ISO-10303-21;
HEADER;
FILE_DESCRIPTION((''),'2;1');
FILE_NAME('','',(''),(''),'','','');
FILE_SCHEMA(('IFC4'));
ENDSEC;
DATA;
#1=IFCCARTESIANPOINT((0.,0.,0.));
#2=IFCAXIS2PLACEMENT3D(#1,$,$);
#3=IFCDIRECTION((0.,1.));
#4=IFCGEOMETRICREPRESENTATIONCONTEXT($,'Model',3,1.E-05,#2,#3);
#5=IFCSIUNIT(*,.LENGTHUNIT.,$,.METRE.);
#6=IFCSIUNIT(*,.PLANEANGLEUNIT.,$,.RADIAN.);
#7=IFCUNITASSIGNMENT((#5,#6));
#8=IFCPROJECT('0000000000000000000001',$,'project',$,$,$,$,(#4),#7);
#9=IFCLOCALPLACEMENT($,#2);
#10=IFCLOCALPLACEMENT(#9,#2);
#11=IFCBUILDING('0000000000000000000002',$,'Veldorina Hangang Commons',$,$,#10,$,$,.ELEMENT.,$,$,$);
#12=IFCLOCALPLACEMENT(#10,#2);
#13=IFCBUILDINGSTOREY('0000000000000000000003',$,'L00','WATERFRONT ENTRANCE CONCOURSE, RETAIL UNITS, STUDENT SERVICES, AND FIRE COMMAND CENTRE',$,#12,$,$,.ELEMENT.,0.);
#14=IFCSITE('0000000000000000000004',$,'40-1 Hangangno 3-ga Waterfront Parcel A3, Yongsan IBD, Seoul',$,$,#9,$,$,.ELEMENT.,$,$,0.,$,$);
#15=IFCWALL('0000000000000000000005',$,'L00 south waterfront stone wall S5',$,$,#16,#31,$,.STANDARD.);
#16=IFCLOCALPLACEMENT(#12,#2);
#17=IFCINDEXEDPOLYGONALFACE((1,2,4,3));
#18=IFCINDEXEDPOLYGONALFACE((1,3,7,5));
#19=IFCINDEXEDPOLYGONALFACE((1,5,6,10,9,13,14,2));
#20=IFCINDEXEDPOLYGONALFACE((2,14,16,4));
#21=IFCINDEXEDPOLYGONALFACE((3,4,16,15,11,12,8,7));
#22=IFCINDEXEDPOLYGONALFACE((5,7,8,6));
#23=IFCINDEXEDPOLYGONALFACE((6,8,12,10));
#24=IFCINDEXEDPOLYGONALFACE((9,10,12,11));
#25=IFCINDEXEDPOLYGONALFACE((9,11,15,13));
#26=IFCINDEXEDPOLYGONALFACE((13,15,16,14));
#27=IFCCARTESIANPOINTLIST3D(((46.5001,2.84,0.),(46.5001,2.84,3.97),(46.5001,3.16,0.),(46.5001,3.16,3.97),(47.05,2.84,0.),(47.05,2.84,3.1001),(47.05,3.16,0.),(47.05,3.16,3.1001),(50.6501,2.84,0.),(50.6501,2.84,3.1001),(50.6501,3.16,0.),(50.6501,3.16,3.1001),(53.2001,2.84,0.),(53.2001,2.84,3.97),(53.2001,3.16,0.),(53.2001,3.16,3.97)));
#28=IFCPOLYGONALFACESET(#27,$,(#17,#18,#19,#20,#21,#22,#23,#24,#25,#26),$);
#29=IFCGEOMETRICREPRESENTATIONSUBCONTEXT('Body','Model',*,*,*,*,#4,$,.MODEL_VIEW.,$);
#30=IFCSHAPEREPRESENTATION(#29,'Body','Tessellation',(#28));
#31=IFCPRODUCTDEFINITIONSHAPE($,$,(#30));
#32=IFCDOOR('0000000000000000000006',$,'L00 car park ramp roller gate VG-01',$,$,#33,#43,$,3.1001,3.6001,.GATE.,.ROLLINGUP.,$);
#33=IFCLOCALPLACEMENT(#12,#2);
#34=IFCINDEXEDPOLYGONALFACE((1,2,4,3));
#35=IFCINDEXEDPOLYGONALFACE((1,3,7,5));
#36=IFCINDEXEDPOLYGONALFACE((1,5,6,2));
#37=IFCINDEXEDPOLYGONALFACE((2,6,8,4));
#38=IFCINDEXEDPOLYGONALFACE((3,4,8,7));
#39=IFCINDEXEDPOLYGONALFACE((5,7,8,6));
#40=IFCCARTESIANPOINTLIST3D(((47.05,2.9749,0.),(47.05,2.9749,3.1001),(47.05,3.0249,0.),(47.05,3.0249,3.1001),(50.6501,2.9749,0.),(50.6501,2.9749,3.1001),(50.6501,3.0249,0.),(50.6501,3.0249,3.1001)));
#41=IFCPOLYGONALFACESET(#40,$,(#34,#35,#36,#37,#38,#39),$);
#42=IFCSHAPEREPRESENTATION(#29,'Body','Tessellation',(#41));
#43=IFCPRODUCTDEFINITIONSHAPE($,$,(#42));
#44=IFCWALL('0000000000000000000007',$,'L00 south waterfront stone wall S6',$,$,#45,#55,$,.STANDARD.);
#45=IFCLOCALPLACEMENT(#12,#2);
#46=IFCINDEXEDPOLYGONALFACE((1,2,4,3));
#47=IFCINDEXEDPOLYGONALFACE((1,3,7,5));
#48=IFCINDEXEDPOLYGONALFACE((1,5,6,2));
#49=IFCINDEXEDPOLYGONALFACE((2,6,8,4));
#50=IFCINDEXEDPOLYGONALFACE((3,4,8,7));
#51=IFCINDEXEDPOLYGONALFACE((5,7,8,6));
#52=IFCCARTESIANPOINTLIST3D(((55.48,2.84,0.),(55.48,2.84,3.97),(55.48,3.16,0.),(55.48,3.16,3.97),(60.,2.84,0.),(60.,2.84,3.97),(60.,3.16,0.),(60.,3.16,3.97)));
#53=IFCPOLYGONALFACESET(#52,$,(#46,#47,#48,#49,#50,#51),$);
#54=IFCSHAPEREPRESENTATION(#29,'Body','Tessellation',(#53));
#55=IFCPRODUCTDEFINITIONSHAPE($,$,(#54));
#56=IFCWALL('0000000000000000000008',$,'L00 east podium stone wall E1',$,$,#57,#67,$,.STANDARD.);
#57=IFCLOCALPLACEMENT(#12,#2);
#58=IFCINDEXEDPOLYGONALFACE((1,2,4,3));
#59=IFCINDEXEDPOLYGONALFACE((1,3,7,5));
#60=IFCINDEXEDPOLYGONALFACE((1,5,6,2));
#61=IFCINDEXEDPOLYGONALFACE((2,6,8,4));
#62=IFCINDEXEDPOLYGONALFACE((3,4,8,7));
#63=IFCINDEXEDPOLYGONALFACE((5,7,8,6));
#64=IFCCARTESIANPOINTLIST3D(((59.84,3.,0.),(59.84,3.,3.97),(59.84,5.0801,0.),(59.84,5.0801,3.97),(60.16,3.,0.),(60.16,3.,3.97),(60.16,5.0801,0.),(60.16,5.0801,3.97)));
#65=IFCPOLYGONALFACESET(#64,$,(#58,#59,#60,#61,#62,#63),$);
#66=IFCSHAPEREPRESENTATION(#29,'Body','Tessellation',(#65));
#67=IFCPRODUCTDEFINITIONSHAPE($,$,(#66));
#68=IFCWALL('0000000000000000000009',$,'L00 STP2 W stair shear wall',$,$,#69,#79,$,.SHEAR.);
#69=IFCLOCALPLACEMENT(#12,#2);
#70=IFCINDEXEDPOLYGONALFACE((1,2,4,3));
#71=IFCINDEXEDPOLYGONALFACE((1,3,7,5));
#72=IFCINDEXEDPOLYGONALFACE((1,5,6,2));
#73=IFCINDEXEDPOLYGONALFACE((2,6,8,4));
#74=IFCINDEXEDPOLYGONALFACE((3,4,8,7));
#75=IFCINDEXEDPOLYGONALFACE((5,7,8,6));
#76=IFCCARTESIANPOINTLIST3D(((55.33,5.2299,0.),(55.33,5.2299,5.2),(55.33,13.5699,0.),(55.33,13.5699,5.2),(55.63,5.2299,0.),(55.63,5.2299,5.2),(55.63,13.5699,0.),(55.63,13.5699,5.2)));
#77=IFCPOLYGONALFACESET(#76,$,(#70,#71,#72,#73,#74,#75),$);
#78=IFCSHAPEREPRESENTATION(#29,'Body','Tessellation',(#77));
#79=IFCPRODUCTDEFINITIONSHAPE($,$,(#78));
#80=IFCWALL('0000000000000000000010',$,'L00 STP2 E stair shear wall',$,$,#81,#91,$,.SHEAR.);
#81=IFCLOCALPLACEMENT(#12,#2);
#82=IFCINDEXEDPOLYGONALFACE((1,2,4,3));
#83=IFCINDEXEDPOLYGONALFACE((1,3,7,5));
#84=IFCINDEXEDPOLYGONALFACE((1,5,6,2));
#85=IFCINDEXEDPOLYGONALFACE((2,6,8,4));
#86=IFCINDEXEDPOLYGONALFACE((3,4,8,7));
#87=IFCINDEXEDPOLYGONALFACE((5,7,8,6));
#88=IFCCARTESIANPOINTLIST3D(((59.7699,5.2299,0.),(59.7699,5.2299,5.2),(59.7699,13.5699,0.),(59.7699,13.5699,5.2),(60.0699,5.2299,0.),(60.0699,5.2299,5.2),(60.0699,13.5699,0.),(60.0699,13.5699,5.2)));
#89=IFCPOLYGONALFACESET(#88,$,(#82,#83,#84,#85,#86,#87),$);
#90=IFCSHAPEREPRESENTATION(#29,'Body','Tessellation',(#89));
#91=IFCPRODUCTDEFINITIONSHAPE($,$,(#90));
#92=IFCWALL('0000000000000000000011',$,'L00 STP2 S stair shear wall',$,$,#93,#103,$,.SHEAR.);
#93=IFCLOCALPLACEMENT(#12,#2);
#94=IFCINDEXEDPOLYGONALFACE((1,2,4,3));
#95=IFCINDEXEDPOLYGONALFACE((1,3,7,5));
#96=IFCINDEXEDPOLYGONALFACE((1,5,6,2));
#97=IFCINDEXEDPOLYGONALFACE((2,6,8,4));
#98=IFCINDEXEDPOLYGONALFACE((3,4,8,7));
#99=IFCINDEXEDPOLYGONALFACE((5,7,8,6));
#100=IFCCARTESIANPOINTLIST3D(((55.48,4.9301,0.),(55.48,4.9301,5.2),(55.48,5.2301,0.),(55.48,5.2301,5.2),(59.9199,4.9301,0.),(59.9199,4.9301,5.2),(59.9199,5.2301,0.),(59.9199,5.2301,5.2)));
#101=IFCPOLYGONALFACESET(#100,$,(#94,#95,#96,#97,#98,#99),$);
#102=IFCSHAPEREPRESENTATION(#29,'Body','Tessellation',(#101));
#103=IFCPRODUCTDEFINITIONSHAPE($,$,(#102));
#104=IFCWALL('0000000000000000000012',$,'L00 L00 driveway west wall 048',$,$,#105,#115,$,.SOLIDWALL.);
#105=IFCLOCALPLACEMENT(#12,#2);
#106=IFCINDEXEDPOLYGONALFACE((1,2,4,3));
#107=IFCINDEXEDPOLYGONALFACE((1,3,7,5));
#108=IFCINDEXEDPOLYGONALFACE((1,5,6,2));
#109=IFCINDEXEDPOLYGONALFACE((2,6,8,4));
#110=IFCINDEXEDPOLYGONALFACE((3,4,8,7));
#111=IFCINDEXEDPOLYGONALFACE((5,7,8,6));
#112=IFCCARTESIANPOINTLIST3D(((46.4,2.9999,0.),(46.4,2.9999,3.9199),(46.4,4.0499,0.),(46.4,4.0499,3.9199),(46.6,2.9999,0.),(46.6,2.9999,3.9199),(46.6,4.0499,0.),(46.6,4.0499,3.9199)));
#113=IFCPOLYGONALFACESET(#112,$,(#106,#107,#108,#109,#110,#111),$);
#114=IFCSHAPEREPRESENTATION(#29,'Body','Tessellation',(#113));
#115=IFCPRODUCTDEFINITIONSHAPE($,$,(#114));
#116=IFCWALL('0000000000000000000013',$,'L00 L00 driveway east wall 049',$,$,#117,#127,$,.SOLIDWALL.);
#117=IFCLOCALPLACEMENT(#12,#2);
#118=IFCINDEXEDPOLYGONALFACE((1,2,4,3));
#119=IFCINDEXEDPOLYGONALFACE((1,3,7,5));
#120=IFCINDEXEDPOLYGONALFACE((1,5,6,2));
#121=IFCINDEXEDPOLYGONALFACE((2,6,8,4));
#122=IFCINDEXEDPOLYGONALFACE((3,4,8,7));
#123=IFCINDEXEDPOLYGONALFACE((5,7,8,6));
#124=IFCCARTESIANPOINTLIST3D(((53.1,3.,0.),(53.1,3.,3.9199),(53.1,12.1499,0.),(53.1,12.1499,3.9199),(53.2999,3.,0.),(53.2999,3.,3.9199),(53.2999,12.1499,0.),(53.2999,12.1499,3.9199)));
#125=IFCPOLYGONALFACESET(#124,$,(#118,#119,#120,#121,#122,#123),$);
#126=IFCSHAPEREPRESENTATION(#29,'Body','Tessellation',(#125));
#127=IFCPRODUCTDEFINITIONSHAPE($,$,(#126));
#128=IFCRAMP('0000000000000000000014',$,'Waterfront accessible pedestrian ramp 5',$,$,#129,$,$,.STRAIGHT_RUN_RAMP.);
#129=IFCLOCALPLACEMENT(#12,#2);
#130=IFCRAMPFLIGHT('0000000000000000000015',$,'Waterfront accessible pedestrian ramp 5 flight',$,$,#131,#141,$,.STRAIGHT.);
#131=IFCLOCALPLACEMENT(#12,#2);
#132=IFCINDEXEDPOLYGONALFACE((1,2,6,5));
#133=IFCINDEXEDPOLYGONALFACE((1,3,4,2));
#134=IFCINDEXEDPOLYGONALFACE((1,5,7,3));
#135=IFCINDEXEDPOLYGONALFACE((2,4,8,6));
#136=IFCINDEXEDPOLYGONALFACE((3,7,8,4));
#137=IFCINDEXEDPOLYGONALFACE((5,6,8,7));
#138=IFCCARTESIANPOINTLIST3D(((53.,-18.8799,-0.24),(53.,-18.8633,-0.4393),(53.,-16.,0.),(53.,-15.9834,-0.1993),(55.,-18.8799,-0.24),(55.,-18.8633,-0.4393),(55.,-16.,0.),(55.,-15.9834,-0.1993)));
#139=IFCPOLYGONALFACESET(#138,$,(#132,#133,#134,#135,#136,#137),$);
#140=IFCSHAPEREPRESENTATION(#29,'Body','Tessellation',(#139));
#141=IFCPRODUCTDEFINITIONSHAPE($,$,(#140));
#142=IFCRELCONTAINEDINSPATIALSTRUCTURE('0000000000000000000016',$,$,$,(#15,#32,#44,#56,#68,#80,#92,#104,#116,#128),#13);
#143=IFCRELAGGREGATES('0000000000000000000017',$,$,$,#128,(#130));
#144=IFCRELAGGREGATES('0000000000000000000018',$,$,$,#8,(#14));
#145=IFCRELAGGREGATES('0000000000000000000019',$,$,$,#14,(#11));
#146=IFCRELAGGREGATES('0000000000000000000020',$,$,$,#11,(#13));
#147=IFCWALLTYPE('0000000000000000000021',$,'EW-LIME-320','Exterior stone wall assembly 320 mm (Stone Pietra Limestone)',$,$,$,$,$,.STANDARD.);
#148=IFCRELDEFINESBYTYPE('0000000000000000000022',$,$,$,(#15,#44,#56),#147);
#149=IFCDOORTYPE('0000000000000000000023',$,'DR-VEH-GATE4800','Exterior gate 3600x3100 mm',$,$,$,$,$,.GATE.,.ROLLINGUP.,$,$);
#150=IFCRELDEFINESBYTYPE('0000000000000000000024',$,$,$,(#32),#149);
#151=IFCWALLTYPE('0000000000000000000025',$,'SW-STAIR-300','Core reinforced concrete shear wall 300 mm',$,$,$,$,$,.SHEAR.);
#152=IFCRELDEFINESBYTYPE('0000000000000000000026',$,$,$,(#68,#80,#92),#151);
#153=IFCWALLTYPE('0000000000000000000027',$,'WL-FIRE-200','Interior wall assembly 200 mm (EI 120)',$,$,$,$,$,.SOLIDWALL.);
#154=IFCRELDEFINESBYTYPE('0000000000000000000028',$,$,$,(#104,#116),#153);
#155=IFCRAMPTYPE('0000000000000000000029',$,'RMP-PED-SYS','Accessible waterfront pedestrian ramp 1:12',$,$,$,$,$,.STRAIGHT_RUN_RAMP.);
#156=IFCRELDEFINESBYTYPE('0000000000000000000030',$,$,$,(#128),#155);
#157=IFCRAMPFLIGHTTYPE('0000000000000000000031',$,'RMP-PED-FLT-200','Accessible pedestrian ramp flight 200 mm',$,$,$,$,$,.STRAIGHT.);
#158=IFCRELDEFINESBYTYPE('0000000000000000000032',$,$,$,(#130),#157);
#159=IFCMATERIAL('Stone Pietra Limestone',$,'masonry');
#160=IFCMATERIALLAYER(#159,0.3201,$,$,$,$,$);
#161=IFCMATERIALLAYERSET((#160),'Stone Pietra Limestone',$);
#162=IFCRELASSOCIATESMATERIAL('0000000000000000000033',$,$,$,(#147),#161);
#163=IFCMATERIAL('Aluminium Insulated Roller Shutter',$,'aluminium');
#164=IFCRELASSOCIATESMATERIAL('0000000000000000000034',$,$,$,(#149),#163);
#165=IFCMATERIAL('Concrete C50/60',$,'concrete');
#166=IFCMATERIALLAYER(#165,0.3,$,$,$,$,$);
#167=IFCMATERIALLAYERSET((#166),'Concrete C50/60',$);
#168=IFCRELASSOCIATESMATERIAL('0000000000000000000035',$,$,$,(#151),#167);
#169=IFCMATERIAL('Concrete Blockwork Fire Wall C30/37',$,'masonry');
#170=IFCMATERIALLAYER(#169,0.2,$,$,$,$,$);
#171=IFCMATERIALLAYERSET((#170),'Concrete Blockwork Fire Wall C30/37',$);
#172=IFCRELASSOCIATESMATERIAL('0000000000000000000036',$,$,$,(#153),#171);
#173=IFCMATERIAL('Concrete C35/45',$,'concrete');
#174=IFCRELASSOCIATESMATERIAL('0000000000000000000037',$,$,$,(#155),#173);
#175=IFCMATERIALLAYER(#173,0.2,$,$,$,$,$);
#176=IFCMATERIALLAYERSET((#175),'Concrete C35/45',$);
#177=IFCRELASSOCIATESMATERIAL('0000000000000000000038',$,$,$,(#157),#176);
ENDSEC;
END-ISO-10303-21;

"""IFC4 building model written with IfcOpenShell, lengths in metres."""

from ifc_helpers import new_model, si_unit, direction, frame, frame_2d, origin, place, context, subcontext, project, spatial, polyline, rectangle, outline, extrude, material, layer, layer_set, type_object, element, fill, aggregate, save


model = new_model("IFC4")

# Units and contexts
model_context = context("Model", 3, precision=1e-05, world=origin(), true_north=direction((0.0, 1.0)))
body_context = subcontext(model_context, "Body", "Model", "MODEL_VIEW")
ifc_project = project(units=[si_unit("LENGTHUNIT", "METRE"), si_unit("PLANEANGLEUNIT", "RADIAN")], contexts=[model_context])

# Site, building, storey
site_placement = place(None, origin())
site = spatial("IfcSite", under=ifc_project, at=site_placement, Name="40-1 Hangangno 3-ga Waterfront Parcel A3, Yongsan IBD, Seoul", CompositionType="ELEMENT", RefElevation=0.0)
building_placement = place(site_placement, origin())
building = spatial("IfcBuilding", under=site, at=building_placement, Name="Veldorina Hangang Commons", CompositionType="ELEMENT")
storey_placement = place(building_placement, origin())
storey = spatial("IfcBuildingStorey", under=building, at=storey_placement, Name="L00", Description="WATERFRONT ENTRANCE CONCOURSE, RETAIL UNITS, STUDENT SERVICES, AND FIRE COMMAND CENTRE", CompositionType="ELEMENT", Elevation=0.0)

# Wall, opening, door
ifc_material_1 = material(Name="Stone Pietra Limestone", Category="masonry")
ifc_layer_1 = layer(ifc_material_1, 0.3201)
ifc_layer_set_1 = layer_set([ifc_layer_1], Name="Stone Pietra Limestone")
wall_type_1 = type_object("IfcWallType", Name="EW-LIME-320", Description="Exterior stone wall assembly 320 mm (Stone Pietra Limestone)", PredefinedType="STANDARD", material=ifc_layer_set_1)
wall_1_placement = place(storey_placement, frame((46.5, 3.0, 0.0), z_axis=(0.0, 0.0, 1.0), x_axis=(1.0, 0.0, 0.0)))
wall_1 = element("IfcWall", 1, at=wall_1_placement, inside=storey, type_object=wall_type_1, Name="L00 south waterfront stone wall S5", PredefinedType="STANDARD", context=body_context, shape_type="SweptSolid", body=[
    extrude(rectangle(XDim=6.7, YDim=0.3201, at=frame_2d((3.3501, 0.0))), origin(), (0.0, 0.0, 1.0), 3.97),
])
opening_1_placement = place(wall_1_placement, frame((0.55, 0.0, 0.0)))
opening_1 = element("IfcOpeningElement", 2, at=opening_1_placement, cuts=wall_1, PredefinedType="OPENING", context=body_context, shape_type="SweptSolid", body=[
    extrude(rectangle(XDim=3.6001, YDim=3.1001, at=frame_2d((1.8, 1.55))), frame((0.0, 0.1699, 0.0), z_axis=(0.0, -1.0, 0.0), x_axis=(1.0, 0.0, 0.0)), (0.0, 0.0, 1.0), 0.3401),
])
ifc_material_2 = material(Name="Aluminium Insulated Roller Shutter", Category="aluminium")
door_type_1 = type_object("IfcDoorType", Name="DR-VEH-GATE4800", Description="Exterior gate 3600x3100 mm", OperationType="ROLLINGUP", PredefinedType="GATE", material=ifc_material_2)
door_1_placement = place(opening_1_placement, origin())
door_1 = element("IfcDoor", 3, at=door_1_placement, inside=storey, type_object=door_type_1, Name="L00 car park ramp roller gate VG-01", OperationType="ROLLINGUP", OverallHeight=3.1001, OverallWidth=3.6001, PredefinedType="GATE", context=body_context, shape_type="SweptSolid", body=[
    extrude(rectangle(XDim=3.6001, YDim=3.1001, at=frame_2d((1.8, 1.55))), frame((0.0, 0.0249, 0.0), z_axis=(0.0, -1.0, 0.0), x_axis=(1.0, 0.0, 0.0)), (0.0, 0.0, 1.0), 0.05),
])
fill(opening_1, door_1)

# Walls
wall_2_placement = place(storey_placement, frame((55.48, 3.0, 0.0), z_axis=(0.0, 0.0, 1.0), x_axis=(1.0, 0.0, 0.0)))
element("IfcWall", 4, at=wall_2_placement, inside=storey, type_object=wall_type_1, Name="L00 south waterfront stone wall S6", PredefinedType="STANDARD", context=body_context, shape_type="SweptSolid", body=[
    extrude(rectangle(XDim=4.52, YDim=0.3201, at=frame_2d((2.26, 0.0))), origin(), (0.0, 0.0, 1.0), 3.97),
])
wall_3_placement = place(storey_placement, frame((60.0, 3.0, 0.0), z_axis=(0.0, 0.0, 1.0), x_axis=(0.0, 1.0, 0.0)))
element("IfcWall", 5, at=wall_3_placement, inside=storey, type_object=wall_type_1, Name="L00 east podium stone wall E1", PredefinedType="STANDARD", context=body_context, shape_type="SweptSolid", body=[
    extrude(rectangle(XDim=2.0801, YDim=0.3201, at=frame_2d((1.04, 0.0))), origin(), (0.0, 0.0, 1.0), 3.97),
])
ifc_material_3 = material(Name="Concrete C50/60", Category="concrete")
ifc_layer_2 = layer(ifc_material_3, 0.3)
ifc_layer_set_2 = layer_set([ifc_layer_2], Name="Concrete C50/60")
wall_type_2 = type_object("IfcWallType", Name="SW-STAIR-300", Description="Core reinforced concrete shear wall 300 mm", PredefinedType="SHEAR", material=ifc_layer_set_2)
for number, where, z_axis, x_axis, name in (
    (6, (55.48, 5.23, 0.0), (0.0, 0.0, 1.0), (0.0, 1.0, 0.0), "L00 STP2 W stair shear wall"),
    (7, (59.9199, 5.23, 0.0), (0.0, 0.0, 1.0), (0.0, 1.0, 0.0), "L00 STP2 E stair shear wall"),
):
    element("IfcWall", number, at=place(storey_placement, frame(where, z_axis=z_axis, x_axis=x_axis)), inside=storey, type_object=wall_type_2, Name=name, PredefinedType="SHEAR", context=body_context, shape_type="SweptSolid", body=[
        extrude(rectangle(XDim=8.3401, YDim=0.3, at=frame_2d((4.1699, 0.0))), origin(), (0.0, 0.0, 1.0), 5.2),
    ])
wall_4_placement = place(storey_placement, frame((55.48, 5.0801, 0.0), z_axis=(0.0, 0.0, 1.0), x_axis=(1.0, 0.0, 0.0)))
element("IfcWall", 8, at=wall_4_placement, inside=storey, type_object=wall_type_2, Name="L00 STP2 S stair shear wall", PredefinedType="SHEAR", context=body_context, shape_type="SweptSolid", body=[
    extrude(rectangle(XDim=4.4399, YDim=0.3, at=frame_2d((2.22, 0.0))), origin(), (0.0, 0.0, 1.0), 5.2),
])
ifc_material_4 = material(Name="Concrete Blockwork Fire Wall C30/37", Category="masonry")
ifc_layer_3 = layer(ifc_material_4, 0.2)
ifc_layer_set_3 = layer_set([ifc_layer_3], Name="Concrete Blockwork Fire Wall C30/37")
wall_type_3 = type_object("IfcWallType", Name="WL-FIRE-200", Description="Interior wall assembly 200 mm (EI 120)", PredefinedType="SOLIDWALL", material=ifc_layer_set_3)
wall_5_placement = place(storey_placement, frame((46.5, 3.0, 0.0), z_axis=(0.0, 0.0, 1.0), x_axis=(0.0, 1.0, 0.0)))
element("IfcWall", 9, at=wall_5_placement, inside=storey, type_object=wall_type_3, Name="L00 L00 driveway west wall 048", PredefinedType="SOLIDWALL", context=body_context, shape_type="SweptSolid", body=[
    extrude(rectangle(XDim=1.05, YDim=0.2, at=frame_2d((0.5249, 0.0))), origin(), (0.0, 0.0, 1.0), 3.9199),
])
wall_6_placement = place(storey_placement, frame((53.2, 3.0, 0.0), z_axis=(0.0, 0.0, 1.0), x_axis=(0.0, 1.0, 0.0)))
element("IfcWall", 10, at=wall_6_placement, inside=storey, type_object=wall_type_3, Name="L00 L00 driveway east wall 049", PredefinedType="SOLIDWALL", context=body_context, shape_type="SweptSolid", body=[
    extrude(rectangle(XDim=9.1499, YDim=0.2, at=frame_2d((4.575, 0.0))), origin(), (0.0, 0.0, 1.0), 3.9199),
])

# Ramp, ramp flight
ifc_material_5 = material(Name="Concrete C35/45", Category="concrete")
ramp_type = type_object("IfcRampType", Name="RMP-PED-SYS", Description="Accessible waterfront pedestrian ramp 1:12", PredefinedType="STRAIGHT_RUN_RAMP", material=ifc_material_5)
ramp_placement = place(storey_placement, origin())
ramp = element("IfcRamp", 11, at=ramp_placement, inside=storey, type_object=ramp_type, Name="Waterfront accessible pedestrian ramp 5", PredefinedType="STRAIGHT_RUN_RAMP")
ifc_layer_4 = layer(ifc_material_5, 0.2)
ifc_layer_set_4 = layer_set([ifc_layer_4], Name="Concrete C35/45")
ramp_flight_type = type_object("IfcRampFlightType", Name="RMP-PED-FLT-200", Description="Accessible pedestrian ramp flight 200 mm", PredefinedType="STRAIGHT", material=ifc_layer_set_4)
ramp_flight_placement = place(storey_placement, frame((53.0, -18.8799, -0.24), z_axis=(0.0, -0.083045, 0.996546), x_axis=(0.0, 0.996546, 0.083045)))
ramp_flight = element("IfcRampFlight", 12, at=ramp_flight_placement, type_object=ramp_flight_type, Name="Waterfront accessible pedestrian ramp 5 flight", PredefinedType="STRAIGHT", context=body_context, shape_type="SweptSolid", body=[
    extrude(outline(polyline([(0.0, 0.0), (2.8899, 0.0), (2.8899, -2.0), (0.0, -2.0), (0.0, 0.0)])), origin(), (0.0, 0.0, -1.0), 0.2),
])
aggregate(ramp, [ramp_flight])

save(model, "model.ifc")
